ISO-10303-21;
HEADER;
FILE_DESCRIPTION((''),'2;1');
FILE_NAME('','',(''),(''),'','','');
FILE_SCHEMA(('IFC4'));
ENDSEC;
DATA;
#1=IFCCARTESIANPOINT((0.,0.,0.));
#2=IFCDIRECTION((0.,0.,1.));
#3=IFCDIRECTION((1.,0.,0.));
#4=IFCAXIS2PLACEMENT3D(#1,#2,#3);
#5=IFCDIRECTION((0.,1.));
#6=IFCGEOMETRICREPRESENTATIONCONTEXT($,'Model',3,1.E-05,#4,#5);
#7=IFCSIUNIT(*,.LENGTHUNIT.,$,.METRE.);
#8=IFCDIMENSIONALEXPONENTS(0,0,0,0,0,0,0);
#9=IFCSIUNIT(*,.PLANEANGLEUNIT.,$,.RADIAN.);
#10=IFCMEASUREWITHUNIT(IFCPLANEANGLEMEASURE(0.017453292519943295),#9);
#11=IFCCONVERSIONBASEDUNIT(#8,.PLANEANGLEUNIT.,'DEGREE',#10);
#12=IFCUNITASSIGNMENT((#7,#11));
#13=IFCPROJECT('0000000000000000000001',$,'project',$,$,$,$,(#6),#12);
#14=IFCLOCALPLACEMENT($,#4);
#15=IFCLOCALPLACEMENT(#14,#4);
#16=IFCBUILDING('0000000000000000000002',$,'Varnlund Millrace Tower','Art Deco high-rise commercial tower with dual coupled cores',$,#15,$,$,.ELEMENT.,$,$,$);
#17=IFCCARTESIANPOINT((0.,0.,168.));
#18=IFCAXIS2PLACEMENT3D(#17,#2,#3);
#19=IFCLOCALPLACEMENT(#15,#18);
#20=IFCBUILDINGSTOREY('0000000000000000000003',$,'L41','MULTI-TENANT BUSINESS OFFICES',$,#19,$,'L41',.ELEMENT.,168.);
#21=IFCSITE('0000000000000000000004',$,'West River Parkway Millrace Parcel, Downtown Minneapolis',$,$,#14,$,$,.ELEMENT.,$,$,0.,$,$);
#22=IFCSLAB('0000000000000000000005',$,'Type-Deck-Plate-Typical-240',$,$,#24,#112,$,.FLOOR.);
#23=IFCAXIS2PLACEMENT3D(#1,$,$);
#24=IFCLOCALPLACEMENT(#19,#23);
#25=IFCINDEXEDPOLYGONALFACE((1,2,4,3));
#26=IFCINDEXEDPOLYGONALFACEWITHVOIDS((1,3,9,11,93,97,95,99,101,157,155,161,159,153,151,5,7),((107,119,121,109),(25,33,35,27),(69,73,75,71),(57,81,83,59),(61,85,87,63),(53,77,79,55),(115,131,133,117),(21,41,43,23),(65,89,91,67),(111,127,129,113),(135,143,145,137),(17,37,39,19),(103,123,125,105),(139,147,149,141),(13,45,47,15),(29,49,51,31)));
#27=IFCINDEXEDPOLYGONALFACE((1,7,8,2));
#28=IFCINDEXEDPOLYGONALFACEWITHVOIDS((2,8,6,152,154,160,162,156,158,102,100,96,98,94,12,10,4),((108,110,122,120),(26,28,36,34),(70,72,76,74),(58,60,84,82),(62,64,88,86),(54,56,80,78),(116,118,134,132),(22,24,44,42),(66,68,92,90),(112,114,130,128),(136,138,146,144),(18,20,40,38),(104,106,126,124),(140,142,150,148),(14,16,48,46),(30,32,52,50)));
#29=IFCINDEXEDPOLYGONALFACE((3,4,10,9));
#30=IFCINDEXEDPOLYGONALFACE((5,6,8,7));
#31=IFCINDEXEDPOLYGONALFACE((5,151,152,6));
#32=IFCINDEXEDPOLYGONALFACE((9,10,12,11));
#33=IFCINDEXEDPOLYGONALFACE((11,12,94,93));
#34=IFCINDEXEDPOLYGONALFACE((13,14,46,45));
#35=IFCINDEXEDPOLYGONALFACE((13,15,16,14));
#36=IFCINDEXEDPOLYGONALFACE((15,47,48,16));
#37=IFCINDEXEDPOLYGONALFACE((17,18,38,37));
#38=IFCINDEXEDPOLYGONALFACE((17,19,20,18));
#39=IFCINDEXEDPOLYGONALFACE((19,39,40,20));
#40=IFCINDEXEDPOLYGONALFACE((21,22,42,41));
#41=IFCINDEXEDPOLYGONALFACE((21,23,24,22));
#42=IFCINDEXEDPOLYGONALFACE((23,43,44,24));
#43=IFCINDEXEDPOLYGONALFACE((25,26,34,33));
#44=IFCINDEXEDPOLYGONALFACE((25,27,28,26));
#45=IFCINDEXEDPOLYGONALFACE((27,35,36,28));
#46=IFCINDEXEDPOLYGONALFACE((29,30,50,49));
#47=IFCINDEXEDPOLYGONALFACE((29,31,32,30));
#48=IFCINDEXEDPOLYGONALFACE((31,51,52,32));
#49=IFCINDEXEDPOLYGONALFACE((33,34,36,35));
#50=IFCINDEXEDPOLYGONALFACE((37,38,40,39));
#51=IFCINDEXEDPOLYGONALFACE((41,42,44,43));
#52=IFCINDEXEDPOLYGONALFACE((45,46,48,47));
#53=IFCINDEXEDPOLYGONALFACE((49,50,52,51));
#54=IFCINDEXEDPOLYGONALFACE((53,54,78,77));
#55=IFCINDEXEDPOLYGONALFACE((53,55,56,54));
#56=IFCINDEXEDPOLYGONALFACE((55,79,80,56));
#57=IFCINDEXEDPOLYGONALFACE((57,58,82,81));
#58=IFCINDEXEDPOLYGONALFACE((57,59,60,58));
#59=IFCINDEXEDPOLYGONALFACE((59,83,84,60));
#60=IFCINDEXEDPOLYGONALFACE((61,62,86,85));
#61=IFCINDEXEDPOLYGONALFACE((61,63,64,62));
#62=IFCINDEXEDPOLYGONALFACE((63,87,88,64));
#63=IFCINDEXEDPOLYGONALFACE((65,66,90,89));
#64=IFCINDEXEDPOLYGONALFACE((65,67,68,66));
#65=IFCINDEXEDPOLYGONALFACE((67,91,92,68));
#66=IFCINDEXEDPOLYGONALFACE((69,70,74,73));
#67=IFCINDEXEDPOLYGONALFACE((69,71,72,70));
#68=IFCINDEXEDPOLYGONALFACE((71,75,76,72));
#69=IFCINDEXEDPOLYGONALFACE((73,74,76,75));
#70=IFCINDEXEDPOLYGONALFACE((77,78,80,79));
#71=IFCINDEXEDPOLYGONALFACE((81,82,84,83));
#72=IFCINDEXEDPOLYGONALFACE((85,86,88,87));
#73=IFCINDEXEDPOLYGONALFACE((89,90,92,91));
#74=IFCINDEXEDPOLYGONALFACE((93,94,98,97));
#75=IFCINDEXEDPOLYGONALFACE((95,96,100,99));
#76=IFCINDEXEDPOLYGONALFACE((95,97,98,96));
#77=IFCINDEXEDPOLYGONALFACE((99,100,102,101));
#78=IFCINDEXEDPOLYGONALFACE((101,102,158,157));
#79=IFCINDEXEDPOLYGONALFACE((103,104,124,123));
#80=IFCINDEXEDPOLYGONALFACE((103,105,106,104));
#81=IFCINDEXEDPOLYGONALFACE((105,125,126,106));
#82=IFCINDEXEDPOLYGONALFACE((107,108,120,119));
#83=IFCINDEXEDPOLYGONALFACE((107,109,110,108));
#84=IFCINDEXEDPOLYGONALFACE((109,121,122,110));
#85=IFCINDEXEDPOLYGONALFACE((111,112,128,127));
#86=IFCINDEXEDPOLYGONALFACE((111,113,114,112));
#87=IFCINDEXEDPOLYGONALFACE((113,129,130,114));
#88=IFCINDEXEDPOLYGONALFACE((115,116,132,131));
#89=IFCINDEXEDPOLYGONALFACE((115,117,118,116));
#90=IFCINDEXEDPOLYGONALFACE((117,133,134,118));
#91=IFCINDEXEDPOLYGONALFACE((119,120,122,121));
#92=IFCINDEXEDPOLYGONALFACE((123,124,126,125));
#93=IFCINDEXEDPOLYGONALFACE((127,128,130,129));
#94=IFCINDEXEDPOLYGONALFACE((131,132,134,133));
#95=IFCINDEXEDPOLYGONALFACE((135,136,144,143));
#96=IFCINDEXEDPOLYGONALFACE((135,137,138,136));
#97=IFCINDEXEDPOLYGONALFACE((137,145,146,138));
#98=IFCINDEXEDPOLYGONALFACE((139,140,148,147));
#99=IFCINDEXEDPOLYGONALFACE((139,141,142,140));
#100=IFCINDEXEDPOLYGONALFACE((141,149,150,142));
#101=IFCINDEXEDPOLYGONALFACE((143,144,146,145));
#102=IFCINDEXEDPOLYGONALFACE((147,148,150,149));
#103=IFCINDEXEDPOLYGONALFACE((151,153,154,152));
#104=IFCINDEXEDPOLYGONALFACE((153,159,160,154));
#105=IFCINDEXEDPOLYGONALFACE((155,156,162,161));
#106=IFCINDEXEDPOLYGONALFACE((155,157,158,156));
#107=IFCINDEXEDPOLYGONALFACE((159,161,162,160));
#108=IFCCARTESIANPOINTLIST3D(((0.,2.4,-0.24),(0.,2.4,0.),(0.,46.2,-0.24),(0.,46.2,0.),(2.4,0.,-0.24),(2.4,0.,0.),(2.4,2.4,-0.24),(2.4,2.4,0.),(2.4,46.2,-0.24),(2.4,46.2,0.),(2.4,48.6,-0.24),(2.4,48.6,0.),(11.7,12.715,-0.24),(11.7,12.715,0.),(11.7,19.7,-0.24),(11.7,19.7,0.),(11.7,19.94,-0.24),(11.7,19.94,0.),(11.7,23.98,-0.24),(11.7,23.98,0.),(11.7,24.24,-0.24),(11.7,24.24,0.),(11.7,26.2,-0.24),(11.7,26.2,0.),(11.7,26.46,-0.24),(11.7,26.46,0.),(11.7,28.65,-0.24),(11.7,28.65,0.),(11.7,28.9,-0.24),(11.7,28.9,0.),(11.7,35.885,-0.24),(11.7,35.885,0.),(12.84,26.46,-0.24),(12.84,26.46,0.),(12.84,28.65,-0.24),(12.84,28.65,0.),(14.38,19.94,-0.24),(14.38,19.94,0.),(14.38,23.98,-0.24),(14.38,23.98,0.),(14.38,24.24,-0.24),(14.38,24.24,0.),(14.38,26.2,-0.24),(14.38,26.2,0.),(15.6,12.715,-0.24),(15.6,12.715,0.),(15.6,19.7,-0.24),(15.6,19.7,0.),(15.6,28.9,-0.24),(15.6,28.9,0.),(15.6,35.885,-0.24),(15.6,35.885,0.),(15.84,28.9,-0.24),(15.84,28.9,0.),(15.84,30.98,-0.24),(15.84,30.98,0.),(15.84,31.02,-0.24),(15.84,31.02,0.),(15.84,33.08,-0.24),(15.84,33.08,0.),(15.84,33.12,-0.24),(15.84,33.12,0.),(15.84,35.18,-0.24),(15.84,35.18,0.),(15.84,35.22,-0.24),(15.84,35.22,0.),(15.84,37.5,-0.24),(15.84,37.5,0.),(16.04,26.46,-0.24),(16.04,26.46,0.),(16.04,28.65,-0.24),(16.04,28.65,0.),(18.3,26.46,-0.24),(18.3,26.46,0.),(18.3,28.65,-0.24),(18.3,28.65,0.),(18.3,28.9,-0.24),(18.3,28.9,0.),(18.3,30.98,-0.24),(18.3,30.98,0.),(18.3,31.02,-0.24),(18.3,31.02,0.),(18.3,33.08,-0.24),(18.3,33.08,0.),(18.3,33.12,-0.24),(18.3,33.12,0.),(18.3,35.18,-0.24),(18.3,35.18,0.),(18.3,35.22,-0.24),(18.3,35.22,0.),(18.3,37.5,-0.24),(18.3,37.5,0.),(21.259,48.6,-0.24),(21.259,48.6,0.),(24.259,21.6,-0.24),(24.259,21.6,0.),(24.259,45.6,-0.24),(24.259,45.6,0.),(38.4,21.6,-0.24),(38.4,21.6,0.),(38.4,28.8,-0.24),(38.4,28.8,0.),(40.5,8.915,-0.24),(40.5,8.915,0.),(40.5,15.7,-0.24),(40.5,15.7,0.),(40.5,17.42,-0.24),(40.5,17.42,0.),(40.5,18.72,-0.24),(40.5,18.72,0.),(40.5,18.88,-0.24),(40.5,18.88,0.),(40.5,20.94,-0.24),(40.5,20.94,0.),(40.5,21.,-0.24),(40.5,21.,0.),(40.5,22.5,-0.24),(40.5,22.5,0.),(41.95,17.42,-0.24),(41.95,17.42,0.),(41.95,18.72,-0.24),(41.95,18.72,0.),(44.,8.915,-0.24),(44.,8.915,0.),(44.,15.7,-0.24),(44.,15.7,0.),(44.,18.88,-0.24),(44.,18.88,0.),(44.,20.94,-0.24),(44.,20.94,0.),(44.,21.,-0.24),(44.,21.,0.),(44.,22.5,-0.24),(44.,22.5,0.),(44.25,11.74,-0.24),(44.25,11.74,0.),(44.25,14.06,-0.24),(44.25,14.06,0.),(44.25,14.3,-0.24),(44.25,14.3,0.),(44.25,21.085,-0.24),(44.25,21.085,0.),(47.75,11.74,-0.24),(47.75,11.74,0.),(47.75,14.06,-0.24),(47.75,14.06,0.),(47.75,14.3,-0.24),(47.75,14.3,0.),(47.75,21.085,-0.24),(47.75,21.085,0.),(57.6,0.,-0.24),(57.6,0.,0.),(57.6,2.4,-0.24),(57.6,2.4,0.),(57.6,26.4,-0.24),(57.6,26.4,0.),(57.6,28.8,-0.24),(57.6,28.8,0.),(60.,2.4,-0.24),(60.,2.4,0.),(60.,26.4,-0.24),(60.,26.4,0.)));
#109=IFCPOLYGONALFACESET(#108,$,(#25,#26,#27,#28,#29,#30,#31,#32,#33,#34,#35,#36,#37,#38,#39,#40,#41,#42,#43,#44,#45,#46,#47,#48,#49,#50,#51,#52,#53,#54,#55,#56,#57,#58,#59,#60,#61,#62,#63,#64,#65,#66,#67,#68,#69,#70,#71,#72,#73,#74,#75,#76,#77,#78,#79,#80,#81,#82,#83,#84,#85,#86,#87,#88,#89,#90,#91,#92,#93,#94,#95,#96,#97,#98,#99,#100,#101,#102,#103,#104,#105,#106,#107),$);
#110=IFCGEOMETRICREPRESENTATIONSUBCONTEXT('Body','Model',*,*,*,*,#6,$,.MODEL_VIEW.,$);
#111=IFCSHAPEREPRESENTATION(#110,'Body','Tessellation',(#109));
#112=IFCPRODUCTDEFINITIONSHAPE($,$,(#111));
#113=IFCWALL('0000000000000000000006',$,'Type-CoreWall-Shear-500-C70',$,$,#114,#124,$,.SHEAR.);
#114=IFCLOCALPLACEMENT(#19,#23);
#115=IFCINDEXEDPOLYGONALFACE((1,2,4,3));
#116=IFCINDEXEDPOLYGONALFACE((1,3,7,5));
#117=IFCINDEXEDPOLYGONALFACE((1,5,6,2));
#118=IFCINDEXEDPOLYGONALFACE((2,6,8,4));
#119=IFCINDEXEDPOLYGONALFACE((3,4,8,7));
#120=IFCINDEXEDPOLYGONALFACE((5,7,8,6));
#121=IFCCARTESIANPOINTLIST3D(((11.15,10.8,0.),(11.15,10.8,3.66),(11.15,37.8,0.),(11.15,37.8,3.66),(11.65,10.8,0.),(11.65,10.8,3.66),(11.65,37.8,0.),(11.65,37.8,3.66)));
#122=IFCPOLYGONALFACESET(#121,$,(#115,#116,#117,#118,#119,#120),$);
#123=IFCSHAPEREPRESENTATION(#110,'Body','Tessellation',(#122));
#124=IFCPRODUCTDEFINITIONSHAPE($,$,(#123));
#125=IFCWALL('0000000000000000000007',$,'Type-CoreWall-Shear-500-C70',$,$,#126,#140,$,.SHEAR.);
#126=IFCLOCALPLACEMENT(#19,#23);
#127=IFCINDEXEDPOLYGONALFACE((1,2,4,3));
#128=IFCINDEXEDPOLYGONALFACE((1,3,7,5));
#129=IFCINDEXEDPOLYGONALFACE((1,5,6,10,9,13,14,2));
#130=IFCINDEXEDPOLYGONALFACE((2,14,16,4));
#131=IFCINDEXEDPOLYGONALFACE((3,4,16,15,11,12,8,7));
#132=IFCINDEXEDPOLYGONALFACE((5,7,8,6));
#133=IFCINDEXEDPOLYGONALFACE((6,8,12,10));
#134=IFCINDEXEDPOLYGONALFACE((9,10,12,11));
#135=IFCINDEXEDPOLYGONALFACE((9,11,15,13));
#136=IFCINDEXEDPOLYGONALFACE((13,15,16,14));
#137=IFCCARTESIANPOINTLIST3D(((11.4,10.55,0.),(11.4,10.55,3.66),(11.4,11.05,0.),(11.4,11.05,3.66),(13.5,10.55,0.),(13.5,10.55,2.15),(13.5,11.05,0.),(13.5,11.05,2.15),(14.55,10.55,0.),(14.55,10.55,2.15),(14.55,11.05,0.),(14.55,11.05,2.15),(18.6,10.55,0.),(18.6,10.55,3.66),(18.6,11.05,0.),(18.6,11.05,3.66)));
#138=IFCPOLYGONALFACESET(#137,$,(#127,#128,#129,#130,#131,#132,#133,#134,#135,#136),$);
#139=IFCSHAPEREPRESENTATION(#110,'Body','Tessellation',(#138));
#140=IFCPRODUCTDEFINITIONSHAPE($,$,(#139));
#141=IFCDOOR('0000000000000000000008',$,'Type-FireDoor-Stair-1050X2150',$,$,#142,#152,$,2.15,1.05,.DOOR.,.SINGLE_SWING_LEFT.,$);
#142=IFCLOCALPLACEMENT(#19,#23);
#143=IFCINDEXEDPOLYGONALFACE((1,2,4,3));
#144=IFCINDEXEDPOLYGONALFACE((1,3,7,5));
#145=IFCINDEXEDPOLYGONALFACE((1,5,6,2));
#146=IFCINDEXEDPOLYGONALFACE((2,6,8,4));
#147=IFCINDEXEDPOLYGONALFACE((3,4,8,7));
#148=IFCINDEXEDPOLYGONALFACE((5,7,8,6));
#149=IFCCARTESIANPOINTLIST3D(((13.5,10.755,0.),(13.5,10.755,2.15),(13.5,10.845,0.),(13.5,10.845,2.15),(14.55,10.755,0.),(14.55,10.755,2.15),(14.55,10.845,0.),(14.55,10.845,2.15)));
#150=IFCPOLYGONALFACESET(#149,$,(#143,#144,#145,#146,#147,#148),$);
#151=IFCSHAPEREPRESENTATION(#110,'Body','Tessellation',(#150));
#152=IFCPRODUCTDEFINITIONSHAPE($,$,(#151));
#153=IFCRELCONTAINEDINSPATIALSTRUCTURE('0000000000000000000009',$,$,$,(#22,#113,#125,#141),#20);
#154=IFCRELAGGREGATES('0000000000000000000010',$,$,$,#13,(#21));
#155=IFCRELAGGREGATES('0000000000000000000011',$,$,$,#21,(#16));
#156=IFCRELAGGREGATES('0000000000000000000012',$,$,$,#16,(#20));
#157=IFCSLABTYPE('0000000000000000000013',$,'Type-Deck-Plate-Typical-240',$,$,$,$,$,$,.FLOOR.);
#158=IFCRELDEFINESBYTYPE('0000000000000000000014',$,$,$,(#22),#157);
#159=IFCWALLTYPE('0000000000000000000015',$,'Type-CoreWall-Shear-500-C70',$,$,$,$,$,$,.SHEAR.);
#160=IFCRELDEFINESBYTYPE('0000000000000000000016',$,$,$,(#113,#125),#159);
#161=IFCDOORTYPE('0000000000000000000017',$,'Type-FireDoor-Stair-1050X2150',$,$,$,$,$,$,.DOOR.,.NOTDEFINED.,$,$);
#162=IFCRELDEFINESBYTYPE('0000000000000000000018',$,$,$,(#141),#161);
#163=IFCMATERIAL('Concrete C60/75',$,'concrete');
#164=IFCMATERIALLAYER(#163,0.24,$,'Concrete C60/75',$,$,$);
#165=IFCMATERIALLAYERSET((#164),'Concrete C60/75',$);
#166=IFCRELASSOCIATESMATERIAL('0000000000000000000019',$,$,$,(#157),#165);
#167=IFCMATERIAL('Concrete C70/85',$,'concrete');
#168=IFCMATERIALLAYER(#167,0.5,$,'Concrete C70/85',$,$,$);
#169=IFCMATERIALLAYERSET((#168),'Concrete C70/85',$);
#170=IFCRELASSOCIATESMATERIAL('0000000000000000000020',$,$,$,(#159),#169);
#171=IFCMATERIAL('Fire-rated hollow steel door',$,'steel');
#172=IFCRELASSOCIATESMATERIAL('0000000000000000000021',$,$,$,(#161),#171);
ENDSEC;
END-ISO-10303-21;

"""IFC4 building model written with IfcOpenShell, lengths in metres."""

from ifc_helpers import new_model, entity, si_unit, converted_unit, direction, frame, origin_with_axes, origin_2d_with_axis, place, context, subcontext, project, spatial, polyline, rectangle, outline, extrude, material, layer, layer_set, type_object, element, fill, save


model = new_model("IFC4")

# Units and contexts
model_context = context("Model", 3, precision=1e-05, world=origin_with_axes(), true_north=direction((0.0, 1.0)))
body_context = subcontext(model_context, "Body", "Model", "MODEL_VIEW")
ifc_project = project(units=[si_unit("LENGTHUNIT", "METRE"), converted_unit("PLANEANGLEUNIT", "DEGREE", entity("IfcPlaneAngleMeasure", 0.017453292519943295), si_unit("PLANEANGLEUNIT", "RADIAN"), dimensions=[0, 0, 0, 0, 0, 0, 0])], contexts=[model_context])

# Site, building, storey
site_placement = place(None, origin_with_axes())
site = spatial("IfcSite", under=ifc_project, at=site_placement, Name="West River Parkway Millrace Parcel, Downtown Minneapolis", CompositionType="ELEMENT", RefElevation=0.0)
building_placement = place(site_placement, origin_with_axes())
building = spatial("IfcBuilding", under=site, at=building_placement, Name="Varnlund Millrace Tower", Description="Art Deco high-rise commercial tower with dual coupled cores", CompositionType="ELEMENT")
storey_placement = place(building_placement, frame((0.0, 0.0, 168.0), z_axis=(0.0, 0.0, 1.0), x_axis=(1.0, 0.0, 0.0)))
storey = spatial("IfcBuildingStorey", under=building, at=storey_placement, Name="L41", Description="MULTI-TENANT BUSINESS OFFICES", LongName="L41", CompositionType="ELEMENT", Elevation=168.0)

# Slab
ifc_material_1 = material(Name="Concrete C60/75", Category="concrete")
ifc_layer_1 = layer(ifc_material_1, 0.24, Name="Concrete C60/75")
ifc_layer_set_1 = layer_set([ifc_layer_1], Name="Concrete C60/75")
slab_type = type_object("IfcSlabType", Name="Type-Deck-Plate-Typical-240", PredefinedType="FLOOR", material=ifc_layer_set_1)
slab_placement = place(storey_placement, frame((0.0, 0.0, -0.24), z_axis=(0.0, 0.0, 1.0), x_axis=(1.0, 0.0, 0.0)))
element("IfcSlab", 1, at=slab_placement, inside=storey, type_object=slab_type, Name="Type-Deck-Plate-Typical-240", PredefinedType="FLOOR", context=body_context, shape_type="SweptSolid", body=[
    extrude(outline(polyline([(24.259, 21.6), (24.259, 45.6), (21.259, 48.6), (2.4, 48.6), (2.4, 46.2), (0.0, 46.2), (0.0, 2.4), (2.4, 2.4), (2.4, 0.0), (57.6, 0.0), (57.6, 2.4), (60.0, 2.4), (60.0, 26.4), (57.6, 26.4), (57.6, 28.8), (38.4, 28.8), (38.4, 21.6), (24.259, 21.6)]), holes=[polyline([(15.6, 12.715), (11.7, 12.715), (11.7, 19.7), (15.6, 19.7), (15.6, 12.715)]), polyline([(14.38, 23.98), (14.38, 19.94), (11.7, 19.94), (11.7, 23.98), (14.38, 23.98)]), polyline([(14.38, 24.24), (11.7, 24.24), (11.7, 26.2), (14.38, 26.2), (14.38, 24.24)]), polyline([(12.84, 26.46), (11.7, 26.46), (11.7, 28.65), (12.84, 28.65), (12.84, 26.46)]), polyline([(18.3, 28.9), (15.84, 28.9), (15.84, 30.98), (18.3, 30.98), (18.3, 28.9)]), polyline([(18.3, 31.02), (15.84, 31.02), (15.84, 33.08), (18.3, 33.08), (18.3, 31.02)]), polyline([(15.6, 28.9), (11.7, 28.9), (11.7, 35.885), (15.6, 35.885), (15.6, 28.9)]), polyline([(18.3, 33.12), (15.84, 33.12), (15.84, 35.18), (18.3, 35.18), (18.3, 33.12)]), polyline([(44.0, 8.915), (40.5, 8.915), (40.5, 15.7), (44.0, 15.7), (44.0, 8.915)]), polyline([(47.75, 11.74), (44.25, 11.74), (44.25, 14.06), (47.75, 14.06), (47.75, 11.74)]), polyline([(47.75, 14.3), (44.25, 14.3), (44.25, 21.085), (47.75, 21.085), (47.75, 14.3)]), polyline([(41.95, 17.42), (40.5, 17.42), (40.5, 18.72), (41.95, 18.72), (41.95, 17.42)]), polyline([(44.0, 18.88), (40.5, 18.88), (40.5, 20.94), (44.0, 20.94), (44.0, 18.88)]), polyline([(44.0, 21.0), (40.5, 21.0), (40.5, 22.5), (44.0, 22.5), (44.0, 21.0)]), polyline([(16.04, 26.46), (16.04, 28.65), (18.3, 28.65), (18.3, 26.46), (16.04, 26.46)]), polyline([(15.84, 35.22), (15.84, 37.5), (18.3, 37.5), (18.3, 35.22), (15.84, 35.22)])]), origin_with_axes(), (0.0, 0.0, 1.0), 0.24),
])

# Wall
ifc_material_2 = material(Name="Concrete C70/85", Category="concrete")
ifc_layer_2 = layer(ifc_material_2, 0.5, Name="Concrete C70/85")
ifc_layer_set_2 = layer_set([ifc_layer_2], Name="Concrete C70/85")
wall_type_1 = type_object("IfcWallType", Name="Type-CoreWall-Shear-500-C70", PredefinedType="SHEAR", material=ifc_layer_set_2)
wall_1_placement = place(storey_placement, frame((11.4, 10.8, 0.0), z_axis=(0.0, 0.0, 1.0), x_axis=(0.0, 1.0, 0.0)))
element("IfcWall", 2, at=wall_1_placement, inside=storey, type_object=wall_type_1, Name="Type-CoreWall-Shear-500-C70", PredefinedType="SHEAR", context=body_context, shape_type="SweptSolid", body=[
    extrude(outline(polyline([(0.0, -0.25), (27.0, -0.25), (27.0, 0.25), (0.0, 0.25), (0.0, -0.25)])), origin_with_axes(), (0.0, 0.0, 1.0), 3.66),
])

# Wall, opening, door
wall_2_placement = place(storey_placement, frame((11.4, 10.8, 0.0), z_axis=(0.0, 0.0, 1.0), x_axis=(1.0, 0.0, 0.0)))
wall_2 = element("IfcWall", 3, at=wall_2_placement, inside=storey, type_object=wall_type_1, Name="Type-CoreWall-Shear-500-C70", PredefinedType="SHEAR", context=body_context, shape_type="SweptSolid", body=[
    extrude(outline(polyline([(0.0, -0.25), (7.2, -0.25), (7.2, 0.25), (0.0, 0.25), (0.0, -0.25)])), origin_with_axes(), (0.0, 0.0, 1.0), 3.66),
])
opening_1_placement = place(wall_2_placement, frame((2.625, 0.0, 0.0), z_axis=(0.0, 0.0, 1.0), x_axis=(1.0, 0.0, 0.0)))
opening_1 = element("IfcOpeningElement", 4, at=opening_1_placement, cuts=wall_2, PredefinedType="OPENING", context=body_context, shape_type="SweptSolid", body=[
    extrude(rectangle(XDim=1.05, YDim=0.52, at=origin_2d_with_axis()), origin_with_axes(), (0.0, 0.0, 1.0), 2.15),
])
ifc_material_3 = material(Name="Fire-rated hollow steel door", Category="steel")
door_type_1 = type_object("IfcDoorType", Name="Type-FireDoor-Stair-1050X2150", OperationType="NOTDEFINED", PredefinedType="DOOR", material=ifc_material_3)
door_1_placement = place(wall_2_placement, frame((2.625, 0.0, 0.0), z_axis=(0.0, 0.0, 1.0), x_axis=(1.0, 0.0, 0.0)))
door_1 = element("IfcDoor", 5, at=door_1_placement, inside=storey, type_object=door_type_1, Name="Type-FireDoor-Stair-1050X2150", OperationType="SINGLE_SWING_LEFT", OverallHeight=2.15, OverallWidth=1.05, PredefinedType="DOOR", context=body_context, shape_type="SweptSolid", body=[
    extrude(rectangle(XDim=1.05, YDim=0.09, at=origin_2d_with_axis()), origin_with_axes(), (0.0, 0.0, 1.0), 2.15),
])
fill(opening_1, door_1)

save(model, "model.ifc")
